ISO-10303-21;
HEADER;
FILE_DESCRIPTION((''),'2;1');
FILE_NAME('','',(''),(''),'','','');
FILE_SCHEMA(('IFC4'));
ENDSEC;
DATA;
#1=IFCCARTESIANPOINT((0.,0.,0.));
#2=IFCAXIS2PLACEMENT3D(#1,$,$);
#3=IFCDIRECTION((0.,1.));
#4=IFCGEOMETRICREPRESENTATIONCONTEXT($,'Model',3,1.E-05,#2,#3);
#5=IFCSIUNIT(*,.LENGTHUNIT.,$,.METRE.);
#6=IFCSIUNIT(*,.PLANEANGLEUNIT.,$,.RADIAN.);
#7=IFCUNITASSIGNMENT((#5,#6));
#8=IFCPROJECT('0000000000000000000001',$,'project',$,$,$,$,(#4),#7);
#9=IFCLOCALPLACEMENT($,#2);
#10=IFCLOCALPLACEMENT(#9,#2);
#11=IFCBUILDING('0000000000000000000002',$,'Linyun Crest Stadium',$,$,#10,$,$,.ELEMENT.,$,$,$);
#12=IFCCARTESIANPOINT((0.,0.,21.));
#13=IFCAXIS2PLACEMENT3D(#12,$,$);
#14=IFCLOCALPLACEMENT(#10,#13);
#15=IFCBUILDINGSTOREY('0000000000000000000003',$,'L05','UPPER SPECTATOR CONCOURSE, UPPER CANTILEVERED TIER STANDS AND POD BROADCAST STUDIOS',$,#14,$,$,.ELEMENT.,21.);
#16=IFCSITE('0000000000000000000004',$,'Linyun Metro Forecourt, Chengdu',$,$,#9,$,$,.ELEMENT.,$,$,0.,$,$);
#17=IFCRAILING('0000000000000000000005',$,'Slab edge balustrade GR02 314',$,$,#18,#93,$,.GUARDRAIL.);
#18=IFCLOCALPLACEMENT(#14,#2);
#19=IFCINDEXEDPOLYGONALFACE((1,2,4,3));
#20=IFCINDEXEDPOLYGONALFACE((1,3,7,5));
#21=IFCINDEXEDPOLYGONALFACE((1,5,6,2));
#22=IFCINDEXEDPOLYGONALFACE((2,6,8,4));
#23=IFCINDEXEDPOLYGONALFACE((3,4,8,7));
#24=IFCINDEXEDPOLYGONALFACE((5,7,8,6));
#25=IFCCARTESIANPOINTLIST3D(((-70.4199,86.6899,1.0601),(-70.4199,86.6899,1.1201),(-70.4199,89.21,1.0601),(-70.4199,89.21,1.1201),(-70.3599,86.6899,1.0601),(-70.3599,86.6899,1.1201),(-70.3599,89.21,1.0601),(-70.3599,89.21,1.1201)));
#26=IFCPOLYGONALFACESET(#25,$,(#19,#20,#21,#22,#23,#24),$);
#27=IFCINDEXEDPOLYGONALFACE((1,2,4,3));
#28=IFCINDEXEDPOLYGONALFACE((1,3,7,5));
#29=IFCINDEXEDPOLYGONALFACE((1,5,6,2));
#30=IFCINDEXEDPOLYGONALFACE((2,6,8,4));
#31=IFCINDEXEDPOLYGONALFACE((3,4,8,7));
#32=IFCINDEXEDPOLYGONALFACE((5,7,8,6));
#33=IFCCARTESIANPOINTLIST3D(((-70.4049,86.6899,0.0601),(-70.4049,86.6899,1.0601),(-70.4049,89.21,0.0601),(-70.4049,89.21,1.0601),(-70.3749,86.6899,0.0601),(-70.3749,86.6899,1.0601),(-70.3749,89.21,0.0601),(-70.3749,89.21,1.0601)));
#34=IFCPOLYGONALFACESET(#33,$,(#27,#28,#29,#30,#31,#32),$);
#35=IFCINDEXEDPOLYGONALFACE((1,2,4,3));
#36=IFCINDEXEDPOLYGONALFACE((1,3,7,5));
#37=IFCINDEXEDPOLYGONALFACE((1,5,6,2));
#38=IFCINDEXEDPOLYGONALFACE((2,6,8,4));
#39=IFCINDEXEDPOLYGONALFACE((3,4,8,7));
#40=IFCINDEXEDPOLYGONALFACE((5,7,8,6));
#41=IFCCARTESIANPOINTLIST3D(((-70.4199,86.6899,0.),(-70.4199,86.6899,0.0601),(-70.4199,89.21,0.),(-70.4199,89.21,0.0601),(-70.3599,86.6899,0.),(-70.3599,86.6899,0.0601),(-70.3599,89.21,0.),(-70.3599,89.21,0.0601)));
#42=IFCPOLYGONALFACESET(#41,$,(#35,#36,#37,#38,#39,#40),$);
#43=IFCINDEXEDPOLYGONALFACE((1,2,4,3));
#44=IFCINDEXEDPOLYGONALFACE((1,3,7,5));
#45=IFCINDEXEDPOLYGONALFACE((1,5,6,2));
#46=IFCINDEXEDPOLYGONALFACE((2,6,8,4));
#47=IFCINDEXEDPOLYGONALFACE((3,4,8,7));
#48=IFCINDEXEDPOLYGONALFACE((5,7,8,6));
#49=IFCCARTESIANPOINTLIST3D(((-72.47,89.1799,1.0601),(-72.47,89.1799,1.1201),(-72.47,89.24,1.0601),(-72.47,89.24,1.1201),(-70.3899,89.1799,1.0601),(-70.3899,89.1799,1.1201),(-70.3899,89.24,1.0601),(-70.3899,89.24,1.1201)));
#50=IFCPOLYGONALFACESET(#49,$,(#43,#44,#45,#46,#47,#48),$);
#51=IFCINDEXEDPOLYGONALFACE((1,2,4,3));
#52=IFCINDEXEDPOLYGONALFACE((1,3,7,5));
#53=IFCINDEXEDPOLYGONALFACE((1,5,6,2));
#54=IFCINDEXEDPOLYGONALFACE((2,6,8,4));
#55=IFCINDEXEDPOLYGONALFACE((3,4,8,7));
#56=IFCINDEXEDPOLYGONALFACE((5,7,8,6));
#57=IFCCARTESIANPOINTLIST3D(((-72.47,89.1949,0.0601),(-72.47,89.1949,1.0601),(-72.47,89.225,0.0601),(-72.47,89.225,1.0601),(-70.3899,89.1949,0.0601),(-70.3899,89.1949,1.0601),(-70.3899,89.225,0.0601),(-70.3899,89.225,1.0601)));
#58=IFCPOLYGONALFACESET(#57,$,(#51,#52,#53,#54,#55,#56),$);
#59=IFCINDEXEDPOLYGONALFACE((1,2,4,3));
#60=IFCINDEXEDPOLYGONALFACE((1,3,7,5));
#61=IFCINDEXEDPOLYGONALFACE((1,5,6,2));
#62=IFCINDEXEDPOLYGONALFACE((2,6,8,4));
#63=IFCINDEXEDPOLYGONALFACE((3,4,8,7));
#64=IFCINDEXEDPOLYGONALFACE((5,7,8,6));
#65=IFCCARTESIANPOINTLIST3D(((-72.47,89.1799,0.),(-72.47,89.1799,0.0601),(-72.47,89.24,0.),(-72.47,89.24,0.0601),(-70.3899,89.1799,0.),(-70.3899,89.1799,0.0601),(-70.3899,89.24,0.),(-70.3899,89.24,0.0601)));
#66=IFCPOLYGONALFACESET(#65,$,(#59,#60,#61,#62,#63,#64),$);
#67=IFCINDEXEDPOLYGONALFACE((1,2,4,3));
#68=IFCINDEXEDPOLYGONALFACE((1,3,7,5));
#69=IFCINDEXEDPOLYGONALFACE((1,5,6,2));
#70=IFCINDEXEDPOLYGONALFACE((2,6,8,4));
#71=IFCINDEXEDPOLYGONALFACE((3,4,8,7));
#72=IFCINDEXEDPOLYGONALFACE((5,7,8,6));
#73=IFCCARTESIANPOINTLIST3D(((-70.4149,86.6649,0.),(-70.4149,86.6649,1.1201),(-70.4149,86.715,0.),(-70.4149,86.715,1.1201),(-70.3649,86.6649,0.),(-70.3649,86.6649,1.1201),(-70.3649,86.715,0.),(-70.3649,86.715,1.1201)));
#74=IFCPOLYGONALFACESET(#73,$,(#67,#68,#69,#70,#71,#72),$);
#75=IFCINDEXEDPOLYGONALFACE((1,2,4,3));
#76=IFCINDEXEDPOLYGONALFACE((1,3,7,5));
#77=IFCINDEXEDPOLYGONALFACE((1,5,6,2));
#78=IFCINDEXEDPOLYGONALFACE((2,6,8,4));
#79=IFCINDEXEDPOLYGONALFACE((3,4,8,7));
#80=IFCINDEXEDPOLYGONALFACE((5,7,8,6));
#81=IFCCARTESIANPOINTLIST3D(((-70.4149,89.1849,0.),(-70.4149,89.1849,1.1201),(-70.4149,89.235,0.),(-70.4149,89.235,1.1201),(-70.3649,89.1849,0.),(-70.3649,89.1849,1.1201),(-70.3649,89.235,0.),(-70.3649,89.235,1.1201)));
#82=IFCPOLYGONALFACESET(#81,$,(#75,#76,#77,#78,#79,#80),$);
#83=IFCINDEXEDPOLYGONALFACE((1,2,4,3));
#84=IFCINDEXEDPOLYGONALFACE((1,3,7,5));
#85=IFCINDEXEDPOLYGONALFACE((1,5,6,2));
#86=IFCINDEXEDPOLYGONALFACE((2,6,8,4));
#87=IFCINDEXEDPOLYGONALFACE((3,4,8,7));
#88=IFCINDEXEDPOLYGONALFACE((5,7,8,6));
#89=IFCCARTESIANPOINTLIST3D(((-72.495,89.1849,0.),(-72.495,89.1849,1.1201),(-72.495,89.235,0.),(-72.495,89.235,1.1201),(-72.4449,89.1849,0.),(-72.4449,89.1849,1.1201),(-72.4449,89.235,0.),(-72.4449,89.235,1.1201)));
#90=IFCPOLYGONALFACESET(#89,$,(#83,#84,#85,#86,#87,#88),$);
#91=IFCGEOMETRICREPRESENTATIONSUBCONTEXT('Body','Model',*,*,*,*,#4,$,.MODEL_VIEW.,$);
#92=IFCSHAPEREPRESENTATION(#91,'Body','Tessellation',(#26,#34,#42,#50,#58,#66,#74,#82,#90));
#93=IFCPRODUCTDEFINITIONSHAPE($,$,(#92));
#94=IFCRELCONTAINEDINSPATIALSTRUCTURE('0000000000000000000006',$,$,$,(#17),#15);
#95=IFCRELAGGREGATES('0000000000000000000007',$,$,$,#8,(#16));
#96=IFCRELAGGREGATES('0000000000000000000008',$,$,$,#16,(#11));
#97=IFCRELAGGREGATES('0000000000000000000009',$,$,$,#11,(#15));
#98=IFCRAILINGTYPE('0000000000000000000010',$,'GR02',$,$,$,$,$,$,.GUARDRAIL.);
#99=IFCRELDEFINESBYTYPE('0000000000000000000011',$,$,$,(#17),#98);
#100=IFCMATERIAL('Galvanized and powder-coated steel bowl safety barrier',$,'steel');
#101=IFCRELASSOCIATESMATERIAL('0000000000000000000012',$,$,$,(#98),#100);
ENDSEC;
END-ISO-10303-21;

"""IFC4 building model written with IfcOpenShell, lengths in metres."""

from ifc_helpers import new_model, si_unit, direction, frame, origin, origin_2d, place, context, subcontext, project, spatial, rectangle, extrude, material, type_object, element, save


model = new_model("IFC4")

# Units and contexts
model_context = context("Model", 3, precision=1e-05, world=origin(), true_north=direction((0.0, 1.0)))
body_context = subcontext(model_context, "Body", "Model", "MODEL_VIEW")
ifc_project = project(units=[si_unit("LENGTHUNIT", "METRE"), si_unit("PLANEANGLEUNIT", "RADIAN")], contexts=[model_context])

# Site, building, storey
site_placement = place(None, origin())
site = spatial("IfcSite", under=ifc_project, at=site_placement, Name="Linyun Metro Forecourt, Chengdu", CompositionType="ELEMENT", RefElevation=0.0)
building_placement = place(site_placement, origin())
building = spatial("IfcBuilding", under=site, at=building_placement, Name="Linyun Crest Stadium", CompositionType="ELEMENT")
storey_placement = place(building_placement, frame((0.0, 0.0, 21.0)))
storey = spatial("IfcBuildingStorey", under=building, at=storey_placement, Name="L05", Description="UPPER SPECTATOR CONCOURSE, UPPER CANTILEVERED TIER STANDS AND POD BROADCAST STUDIOS", CompositionType="ELEMENT", Elevation=21.0)

# Railing
ifc_material_1 = material(Name="Galvanized and powder-coated steel bowl safety barrier", Category="steel")
railing_type = type_object("IfcRailingType", Name="GR02", PredefinedType="GUARDRAIL", material=ifc_material_1)
railing_1_placement = place(storey_placement, frame((-70.3899, 86.6899, 0.0)))
element("IfcRailing", 1, at=railing_1_placement, inside=storey, type_object=railing_type, Name="Slab edge balustrade GR02 314", PredefinedType="GUARDRAIL", context=body_context, shape_type="SweptSolid", body=[
    extrude(rectangle(XDim=0.0601, YDim=0.0601, at=origin_2d()), frame((0.0, 0.0, 1.0901), z_axis=(0.0, 1.0, 0.0), x_axis=(-1.0, 0.0, 0.0)), (0.0, 0.0, 1.0), 2.52),
    extrude(rectangle(XDim=0.03, YDim=1.0, at=origin_2d()), frame((0.0, 0.0, 0.5601), z_axis=(0.0, 1.0, 0.0), x_axis=(-1.0, 0.0, 0.0)), (0.0, 0.0, 1.0), 2.52),
    extrude(rectangle(XDim=0.0601, YDim=0.0601, at=origin_2d()), frame((0.0, 0.0, 0.03), z_axis=(0.0, 1.0, 0.0), x_axis=(-1.0, 0.0, 0.0)), (0.0, 0.0, 1.0), 2.52),
    extrude(rectangle(XDim=0.0601, YDim=0.0601, at=origin_2d()), frame((0.0, 2.52, 1.0901), z_axis=(-1.0, 0.0, 0.0), x_axis=(0.0, -1.0, 0.0)), (0.0, 0.0, 1.0), 2.0801),
    extrude(rectangle(XDim=0.03, YDim=1.0, at=origin_2d()), frame((0.0, 2.52, 0.5601), z_axis=(-1.0, 0.0, 0.0), x_axis=(0.0, -1.0, 0.0)), (0.0, 0.0, 1.0), 2.0801),
    extrude(rectangle(XDim=0.0601, YDim=0.0601, at=origin_2d()), frame((0.0, 2.52, 0.03), z_axis=(-1.0, 0.0, 0.0), x_axis=(0.0, -1.0, 0.0)), (0.0, 0.0, 1.0), 2.0801),
    extrude(rectangle(XDim=0.05, YDim=0.05, at=origin_2d()), origin(), (0.0, 0.0, 1.0), 1.1201),
    extrude(rectangle(XDim=0.05, YDim=0.05, at=origin_2d()), frame((0.0, 2.52, 0.0)), (0.0, 0.0, 1.0), 1.1201),
    extrude(rectangle(XDim=0.05, YDim=0.05, at=origin_2d()), frame((-2.0801, 2.52, 0.0)), (0.0, 0.0, 1.0), 1.1201),
])

save(model, "model.ifc")
